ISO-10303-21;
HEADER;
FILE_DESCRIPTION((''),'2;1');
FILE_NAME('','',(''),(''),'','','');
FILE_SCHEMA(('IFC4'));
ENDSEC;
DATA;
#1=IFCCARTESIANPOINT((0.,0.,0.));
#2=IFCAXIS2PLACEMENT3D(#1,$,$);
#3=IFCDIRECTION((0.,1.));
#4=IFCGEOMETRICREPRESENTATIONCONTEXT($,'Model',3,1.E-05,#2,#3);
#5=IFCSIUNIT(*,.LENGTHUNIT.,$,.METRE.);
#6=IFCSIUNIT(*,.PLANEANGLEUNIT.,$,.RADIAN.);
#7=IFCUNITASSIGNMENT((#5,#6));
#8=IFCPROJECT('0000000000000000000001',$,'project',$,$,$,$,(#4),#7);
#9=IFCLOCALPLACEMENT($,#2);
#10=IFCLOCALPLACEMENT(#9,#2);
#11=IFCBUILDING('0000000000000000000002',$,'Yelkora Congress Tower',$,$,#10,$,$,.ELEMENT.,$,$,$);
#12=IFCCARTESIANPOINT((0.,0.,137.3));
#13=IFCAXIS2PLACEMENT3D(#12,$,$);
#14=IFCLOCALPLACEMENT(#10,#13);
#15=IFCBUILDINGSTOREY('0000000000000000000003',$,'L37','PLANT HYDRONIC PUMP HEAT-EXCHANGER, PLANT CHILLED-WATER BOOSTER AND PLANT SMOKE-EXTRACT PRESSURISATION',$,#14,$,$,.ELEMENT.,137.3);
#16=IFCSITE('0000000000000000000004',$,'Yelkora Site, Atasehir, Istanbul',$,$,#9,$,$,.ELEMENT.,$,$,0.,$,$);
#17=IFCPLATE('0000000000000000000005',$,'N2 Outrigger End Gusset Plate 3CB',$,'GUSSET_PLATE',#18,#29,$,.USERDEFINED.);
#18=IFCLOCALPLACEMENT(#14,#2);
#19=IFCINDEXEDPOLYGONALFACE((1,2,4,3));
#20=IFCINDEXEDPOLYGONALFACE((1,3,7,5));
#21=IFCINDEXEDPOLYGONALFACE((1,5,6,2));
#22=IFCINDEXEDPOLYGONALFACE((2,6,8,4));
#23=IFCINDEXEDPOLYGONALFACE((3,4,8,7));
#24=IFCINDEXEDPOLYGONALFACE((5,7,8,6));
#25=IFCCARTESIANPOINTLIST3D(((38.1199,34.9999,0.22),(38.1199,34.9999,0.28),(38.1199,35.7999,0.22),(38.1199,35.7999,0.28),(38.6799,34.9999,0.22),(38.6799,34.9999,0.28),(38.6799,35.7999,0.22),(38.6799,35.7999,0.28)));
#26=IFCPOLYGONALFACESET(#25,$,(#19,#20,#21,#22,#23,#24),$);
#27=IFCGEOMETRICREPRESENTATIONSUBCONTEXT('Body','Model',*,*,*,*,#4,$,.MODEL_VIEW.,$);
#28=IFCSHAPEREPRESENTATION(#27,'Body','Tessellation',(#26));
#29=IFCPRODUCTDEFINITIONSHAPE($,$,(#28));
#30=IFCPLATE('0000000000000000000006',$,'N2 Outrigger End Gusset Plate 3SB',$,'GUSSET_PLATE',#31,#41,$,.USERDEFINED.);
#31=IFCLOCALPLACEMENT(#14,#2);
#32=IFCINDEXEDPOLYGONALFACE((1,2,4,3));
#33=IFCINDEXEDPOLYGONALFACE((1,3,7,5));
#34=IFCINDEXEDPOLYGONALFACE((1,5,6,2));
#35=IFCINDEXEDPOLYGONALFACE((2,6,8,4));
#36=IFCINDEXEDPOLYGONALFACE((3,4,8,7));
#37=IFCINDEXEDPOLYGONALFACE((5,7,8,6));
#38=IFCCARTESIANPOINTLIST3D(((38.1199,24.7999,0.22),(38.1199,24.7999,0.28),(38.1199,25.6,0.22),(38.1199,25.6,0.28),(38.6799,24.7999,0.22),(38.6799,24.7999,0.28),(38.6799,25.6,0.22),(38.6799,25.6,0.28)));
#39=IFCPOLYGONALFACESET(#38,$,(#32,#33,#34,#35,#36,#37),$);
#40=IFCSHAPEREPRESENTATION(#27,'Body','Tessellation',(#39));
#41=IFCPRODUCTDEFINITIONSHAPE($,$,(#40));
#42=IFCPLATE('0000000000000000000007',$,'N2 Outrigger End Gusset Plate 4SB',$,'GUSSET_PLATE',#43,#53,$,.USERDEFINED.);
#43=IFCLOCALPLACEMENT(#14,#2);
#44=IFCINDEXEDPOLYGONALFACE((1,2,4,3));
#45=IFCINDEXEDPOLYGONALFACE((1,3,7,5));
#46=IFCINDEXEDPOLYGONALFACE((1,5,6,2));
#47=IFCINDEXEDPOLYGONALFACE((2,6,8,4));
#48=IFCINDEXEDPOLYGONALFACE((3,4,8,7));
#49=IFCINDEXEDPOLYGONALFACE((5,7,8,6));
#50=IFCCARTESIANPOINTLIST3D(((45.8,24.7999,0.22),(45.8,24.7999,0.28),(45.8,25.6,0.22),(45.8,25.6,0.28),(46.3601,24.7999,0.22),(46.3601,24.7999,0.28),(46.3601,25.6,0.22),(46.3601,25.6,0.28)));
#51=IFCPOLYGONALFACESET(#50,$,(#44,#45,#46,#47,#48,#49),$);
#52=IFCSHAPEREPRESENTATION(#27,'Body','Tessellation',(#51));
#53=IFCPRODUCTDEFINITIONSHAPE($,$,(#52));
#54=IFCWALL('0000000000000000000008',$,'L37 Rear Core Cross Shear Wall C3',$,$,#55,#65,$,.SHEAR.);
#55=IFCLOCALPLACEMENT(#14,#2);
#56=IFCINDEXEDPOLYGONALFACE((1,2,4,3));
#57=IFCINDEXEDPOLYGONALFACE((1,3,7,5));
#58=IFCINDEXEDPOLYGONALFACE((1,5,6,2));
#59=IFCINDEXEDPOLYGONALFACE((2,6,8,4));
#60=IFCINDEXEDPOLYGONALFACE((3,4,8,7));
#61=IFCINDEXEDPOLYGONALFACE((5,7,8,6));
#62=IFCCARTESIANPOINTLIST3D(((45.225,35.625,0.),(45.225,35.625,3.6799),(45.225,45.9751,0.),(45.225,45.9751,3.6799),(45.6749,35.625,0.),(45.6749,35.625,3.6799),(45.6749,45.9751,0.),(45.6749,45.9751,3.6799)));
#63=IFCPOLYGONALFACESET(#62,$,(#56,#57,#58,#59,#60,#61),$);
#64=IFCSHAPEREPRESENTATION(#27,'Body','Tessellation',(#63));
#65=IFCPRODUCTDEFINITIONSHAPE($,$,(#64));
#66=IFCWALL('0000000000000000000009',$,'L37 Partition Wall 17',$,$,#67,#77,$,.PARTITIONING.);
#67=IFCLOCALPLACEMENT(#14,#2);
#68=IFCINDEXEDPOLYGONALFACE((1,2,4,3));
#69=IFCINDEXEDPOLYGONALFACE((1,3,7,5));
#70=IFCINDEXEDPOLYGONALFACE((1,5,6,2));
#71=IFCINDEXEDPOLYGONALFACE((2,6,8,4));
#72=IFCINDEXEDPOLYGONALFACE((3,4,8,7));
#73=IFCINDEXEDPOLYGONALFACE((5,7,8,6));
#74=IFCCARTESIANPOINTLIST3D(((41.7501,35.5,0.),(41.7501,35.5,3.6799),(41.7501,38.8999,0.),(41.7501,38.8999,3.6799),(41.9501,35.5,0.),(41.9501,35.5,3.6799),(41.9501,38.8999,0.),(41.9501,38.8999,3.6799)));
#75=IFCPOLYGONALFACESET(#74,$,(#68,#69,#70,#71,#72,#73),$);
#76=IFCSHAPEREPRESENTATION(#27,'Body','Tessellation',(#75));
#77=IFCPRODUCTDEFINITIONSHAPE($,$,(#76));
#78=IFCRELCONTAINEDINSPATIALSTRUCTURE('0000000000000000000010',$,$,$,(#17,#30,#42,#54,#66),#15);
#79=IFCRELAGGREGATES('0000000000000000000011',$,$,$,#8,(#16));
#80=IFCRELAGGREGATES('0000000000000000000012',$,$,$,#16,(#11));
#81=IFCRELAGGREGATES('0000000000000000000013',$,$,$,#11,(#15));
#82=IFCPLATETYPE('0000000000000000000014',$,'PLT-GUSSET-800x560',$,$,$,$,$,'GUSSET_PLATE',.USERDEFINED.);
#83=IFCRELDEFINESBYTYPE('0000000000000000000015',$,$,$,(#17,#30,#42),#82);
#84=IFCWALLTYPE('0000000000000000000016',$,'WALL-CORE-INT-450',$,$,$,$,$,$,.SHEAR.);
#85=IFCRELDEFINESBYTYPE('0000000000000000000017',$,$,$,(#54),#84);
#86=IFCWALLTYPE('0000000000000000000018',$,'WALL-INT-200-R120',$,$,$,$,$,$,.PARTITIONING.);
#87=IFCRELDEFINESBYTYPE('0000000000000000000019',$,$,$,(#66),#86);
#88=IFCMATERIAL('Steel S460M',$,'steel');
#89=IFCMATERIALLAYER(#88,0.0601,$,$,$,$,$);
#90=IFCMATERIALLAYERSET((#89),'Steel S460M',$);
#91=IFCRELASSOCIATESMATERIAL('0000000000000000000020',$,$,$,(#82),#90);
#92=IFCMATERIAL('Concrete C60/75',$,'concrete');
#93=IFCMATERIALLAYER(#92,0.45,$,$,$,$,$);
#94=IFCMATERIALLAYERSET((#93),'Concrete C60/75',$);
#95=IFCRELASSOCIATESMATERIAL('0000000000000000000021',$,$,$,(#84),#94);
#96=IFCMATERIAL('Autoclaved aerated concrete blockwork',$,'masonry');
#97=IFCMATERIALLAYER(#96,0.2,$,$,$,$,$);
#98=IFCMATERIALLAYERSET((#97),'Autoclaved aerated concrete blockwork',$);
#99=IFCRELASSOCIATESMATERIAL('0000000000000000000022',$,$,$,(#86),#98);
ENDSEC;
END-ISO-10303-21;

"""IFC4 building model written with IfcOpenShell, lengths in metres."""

from ifc_helpers import new_model, si_unit, direction, frame, frame_2d, origin, origin_2d, place, context, subcontext, project, spatial, rectangle, extrude, material, layer, layer_set, type_object, element, save


model = new_model("IFC4")

# Units and contexts
model_context = context("Model", 3, precision=1e-05, world=origin(), true_north=direction((0.0, 1.0)))
body_context = subcontext(model_context, "Body", "Model", "MODEL_VIEW")
ifc_project = project(units=[si_unit("LENGTHUNIT", "METRE"), si_unit("PLANEANGLEUNIT", "RADIAN")], contexts=[model_context])

# Site, building, storey
site_placement = place(None, origin())
site = spatial("IfcSite", under=ifc_project, at=site_placement, Name="Yelkora Site, Atasehir, Istanbul", CompositionType="ELEMENT", RefElevation=0.0)
building_placement = place(site_placement, origin())
building = spatial("IfcBuilding", under=site, at=building_placement, Name="Yelkora Congress Tower", CompositionType="ELEMENT")
storey_placement = place(building_placement, frame((0.0, 0.0, 137.3)))
storey = spatial("IfcBuildingStorey", under=building, at=storey_placement, Name="L37", Description="PLANT HYDRONIC PUMP HEAT-EXCHANGER, PLANT CHILLED-WATER BOOSTER AND PLANT SMOKE-EXTRACT PRESSURISATION", CompositionType="ELEMENT", Elevation=137.3)

# Shared definitions
ifc_material_1 = material(Name="Steel S460M", Category="steel")

# Plates
ifc_layer_1 = layer(ifc_material_1, 0.0601)
ifc_layer_set_1 = layer_set([ifc_layer_1], Name="Steel S460M")
plate_type = type_object("IfcPlateType", Name="PLT-GUSSET-800x560", ElementType="GUSSET_PLATE", PredefinedType="USERDEFINED", material=ifc_layer_set_1)
for number, where, z_axis, x_axis, name in (
    (1, (38.3999, 35.3999, 0.22), (0.0, 0.0, 1.0), (0.0, 1.0, 0.0), "N2 Outrigger End Gusset Plate 3CB"),
    (2, (38.3999, 25.2, 0.22), (0.0, 0.0, 1.0), (0.0, 1.0, 0.0), "N2 Outrigger End Gusset Plate 3SB"),
    (3, (46.0801, 25.2, 0.22), (0.0, 0.0, 1.0), (0.0, 1.0, 0.0), "N2 Outrigger End Gusset Plate 4SB"),
):
    element("IfcPlate", number, at=place(storey_placement, frame(where, z_axis=z_axis, x_axis=x_axis)), inside=storey, type_object=plate_type, Name=name, ObjectType="GUSSET_PLATE", PredefinedType="USERDEFINED", context=body_context, shape_type="SweptSolid", body=[
        extrude(rectangle(XDim=0.8, YDim=0.5601, at=origin_2d()), origin(), (0.0, 0.0, 1.0), 0.0601),
    ])

# Shared definitions
ifc_material_2 = material(Name="Concrete C60/75", Category="concrete")
ifc_layer_2 = layer(ifc_material_2, 0.45)
ifc_layer_set_2 = layer_set([ifc_layer_2], Name="Concrete C60/75")
wall_type_1 = type_object("IfcWallType", Name="WALL-CORE-INT-450", PredefinedType="SHEAR", material=ifc_layer_set_2)

# Walls
wall_1_placement = place(storey_placement, frame((45.45, 35.625, 0.0), z_axis=(0.0, 0.0, 1.0), x_axis=(0.0, 1.0, 0.0)))
element("IfcWall", 4, at=wall_1_placement, inside=storey, type_object=wall_type_1, Name="L37 Rear Core Cross Shear Wall C3", PredefinedType="SHEAR", context=body_context, shape_type="SweptSolid", body=[
    extrude(rectangle(XDim=10.3501, YDim=0.45, at=frame_2d((5.175, 0.0))), origin(), (0.0, 0.0, 1.0), 3.6799),
])
ifc_material_3 = material(Name="Autoclaved aerated concrete blockwork", Category="masonry")
ifc_layer_3 = layer(ifc_material_3, 0.2)
ifc_layer_set_3 = layer_set([ifc_layer_3], Name="Autoclaved aerated concrete blockwork")
wall_type_2 = type_object("IfcWallType", Name="WALL-INT-200-R120", PredefinedType="PARTITIONING", material=ifc_layer_set_3)
wall_2_placement = place(storey_placement, frame((41.8501, 35.5, 0.0), z_axis=(0.0, 0.0, 1.0), x_axis=(0.0, 1.0, 0.0)))
element("IfcWall", 5, at=wall_2_placement, inside=storey, type_object=wall_type_2, Name="L37 Partition Wall 17", PredefinedType="PARTITIONING", context=body_context, shape_type="SweptSolid", body=[
    extrude(rectangle(XDim=3.3999, YDim=0.2, at=frame_2d((1.7, 0.0))), origin(), (0.0, 0.0, 1.0), 3.6799),
])

save(model, "model.ifc")
